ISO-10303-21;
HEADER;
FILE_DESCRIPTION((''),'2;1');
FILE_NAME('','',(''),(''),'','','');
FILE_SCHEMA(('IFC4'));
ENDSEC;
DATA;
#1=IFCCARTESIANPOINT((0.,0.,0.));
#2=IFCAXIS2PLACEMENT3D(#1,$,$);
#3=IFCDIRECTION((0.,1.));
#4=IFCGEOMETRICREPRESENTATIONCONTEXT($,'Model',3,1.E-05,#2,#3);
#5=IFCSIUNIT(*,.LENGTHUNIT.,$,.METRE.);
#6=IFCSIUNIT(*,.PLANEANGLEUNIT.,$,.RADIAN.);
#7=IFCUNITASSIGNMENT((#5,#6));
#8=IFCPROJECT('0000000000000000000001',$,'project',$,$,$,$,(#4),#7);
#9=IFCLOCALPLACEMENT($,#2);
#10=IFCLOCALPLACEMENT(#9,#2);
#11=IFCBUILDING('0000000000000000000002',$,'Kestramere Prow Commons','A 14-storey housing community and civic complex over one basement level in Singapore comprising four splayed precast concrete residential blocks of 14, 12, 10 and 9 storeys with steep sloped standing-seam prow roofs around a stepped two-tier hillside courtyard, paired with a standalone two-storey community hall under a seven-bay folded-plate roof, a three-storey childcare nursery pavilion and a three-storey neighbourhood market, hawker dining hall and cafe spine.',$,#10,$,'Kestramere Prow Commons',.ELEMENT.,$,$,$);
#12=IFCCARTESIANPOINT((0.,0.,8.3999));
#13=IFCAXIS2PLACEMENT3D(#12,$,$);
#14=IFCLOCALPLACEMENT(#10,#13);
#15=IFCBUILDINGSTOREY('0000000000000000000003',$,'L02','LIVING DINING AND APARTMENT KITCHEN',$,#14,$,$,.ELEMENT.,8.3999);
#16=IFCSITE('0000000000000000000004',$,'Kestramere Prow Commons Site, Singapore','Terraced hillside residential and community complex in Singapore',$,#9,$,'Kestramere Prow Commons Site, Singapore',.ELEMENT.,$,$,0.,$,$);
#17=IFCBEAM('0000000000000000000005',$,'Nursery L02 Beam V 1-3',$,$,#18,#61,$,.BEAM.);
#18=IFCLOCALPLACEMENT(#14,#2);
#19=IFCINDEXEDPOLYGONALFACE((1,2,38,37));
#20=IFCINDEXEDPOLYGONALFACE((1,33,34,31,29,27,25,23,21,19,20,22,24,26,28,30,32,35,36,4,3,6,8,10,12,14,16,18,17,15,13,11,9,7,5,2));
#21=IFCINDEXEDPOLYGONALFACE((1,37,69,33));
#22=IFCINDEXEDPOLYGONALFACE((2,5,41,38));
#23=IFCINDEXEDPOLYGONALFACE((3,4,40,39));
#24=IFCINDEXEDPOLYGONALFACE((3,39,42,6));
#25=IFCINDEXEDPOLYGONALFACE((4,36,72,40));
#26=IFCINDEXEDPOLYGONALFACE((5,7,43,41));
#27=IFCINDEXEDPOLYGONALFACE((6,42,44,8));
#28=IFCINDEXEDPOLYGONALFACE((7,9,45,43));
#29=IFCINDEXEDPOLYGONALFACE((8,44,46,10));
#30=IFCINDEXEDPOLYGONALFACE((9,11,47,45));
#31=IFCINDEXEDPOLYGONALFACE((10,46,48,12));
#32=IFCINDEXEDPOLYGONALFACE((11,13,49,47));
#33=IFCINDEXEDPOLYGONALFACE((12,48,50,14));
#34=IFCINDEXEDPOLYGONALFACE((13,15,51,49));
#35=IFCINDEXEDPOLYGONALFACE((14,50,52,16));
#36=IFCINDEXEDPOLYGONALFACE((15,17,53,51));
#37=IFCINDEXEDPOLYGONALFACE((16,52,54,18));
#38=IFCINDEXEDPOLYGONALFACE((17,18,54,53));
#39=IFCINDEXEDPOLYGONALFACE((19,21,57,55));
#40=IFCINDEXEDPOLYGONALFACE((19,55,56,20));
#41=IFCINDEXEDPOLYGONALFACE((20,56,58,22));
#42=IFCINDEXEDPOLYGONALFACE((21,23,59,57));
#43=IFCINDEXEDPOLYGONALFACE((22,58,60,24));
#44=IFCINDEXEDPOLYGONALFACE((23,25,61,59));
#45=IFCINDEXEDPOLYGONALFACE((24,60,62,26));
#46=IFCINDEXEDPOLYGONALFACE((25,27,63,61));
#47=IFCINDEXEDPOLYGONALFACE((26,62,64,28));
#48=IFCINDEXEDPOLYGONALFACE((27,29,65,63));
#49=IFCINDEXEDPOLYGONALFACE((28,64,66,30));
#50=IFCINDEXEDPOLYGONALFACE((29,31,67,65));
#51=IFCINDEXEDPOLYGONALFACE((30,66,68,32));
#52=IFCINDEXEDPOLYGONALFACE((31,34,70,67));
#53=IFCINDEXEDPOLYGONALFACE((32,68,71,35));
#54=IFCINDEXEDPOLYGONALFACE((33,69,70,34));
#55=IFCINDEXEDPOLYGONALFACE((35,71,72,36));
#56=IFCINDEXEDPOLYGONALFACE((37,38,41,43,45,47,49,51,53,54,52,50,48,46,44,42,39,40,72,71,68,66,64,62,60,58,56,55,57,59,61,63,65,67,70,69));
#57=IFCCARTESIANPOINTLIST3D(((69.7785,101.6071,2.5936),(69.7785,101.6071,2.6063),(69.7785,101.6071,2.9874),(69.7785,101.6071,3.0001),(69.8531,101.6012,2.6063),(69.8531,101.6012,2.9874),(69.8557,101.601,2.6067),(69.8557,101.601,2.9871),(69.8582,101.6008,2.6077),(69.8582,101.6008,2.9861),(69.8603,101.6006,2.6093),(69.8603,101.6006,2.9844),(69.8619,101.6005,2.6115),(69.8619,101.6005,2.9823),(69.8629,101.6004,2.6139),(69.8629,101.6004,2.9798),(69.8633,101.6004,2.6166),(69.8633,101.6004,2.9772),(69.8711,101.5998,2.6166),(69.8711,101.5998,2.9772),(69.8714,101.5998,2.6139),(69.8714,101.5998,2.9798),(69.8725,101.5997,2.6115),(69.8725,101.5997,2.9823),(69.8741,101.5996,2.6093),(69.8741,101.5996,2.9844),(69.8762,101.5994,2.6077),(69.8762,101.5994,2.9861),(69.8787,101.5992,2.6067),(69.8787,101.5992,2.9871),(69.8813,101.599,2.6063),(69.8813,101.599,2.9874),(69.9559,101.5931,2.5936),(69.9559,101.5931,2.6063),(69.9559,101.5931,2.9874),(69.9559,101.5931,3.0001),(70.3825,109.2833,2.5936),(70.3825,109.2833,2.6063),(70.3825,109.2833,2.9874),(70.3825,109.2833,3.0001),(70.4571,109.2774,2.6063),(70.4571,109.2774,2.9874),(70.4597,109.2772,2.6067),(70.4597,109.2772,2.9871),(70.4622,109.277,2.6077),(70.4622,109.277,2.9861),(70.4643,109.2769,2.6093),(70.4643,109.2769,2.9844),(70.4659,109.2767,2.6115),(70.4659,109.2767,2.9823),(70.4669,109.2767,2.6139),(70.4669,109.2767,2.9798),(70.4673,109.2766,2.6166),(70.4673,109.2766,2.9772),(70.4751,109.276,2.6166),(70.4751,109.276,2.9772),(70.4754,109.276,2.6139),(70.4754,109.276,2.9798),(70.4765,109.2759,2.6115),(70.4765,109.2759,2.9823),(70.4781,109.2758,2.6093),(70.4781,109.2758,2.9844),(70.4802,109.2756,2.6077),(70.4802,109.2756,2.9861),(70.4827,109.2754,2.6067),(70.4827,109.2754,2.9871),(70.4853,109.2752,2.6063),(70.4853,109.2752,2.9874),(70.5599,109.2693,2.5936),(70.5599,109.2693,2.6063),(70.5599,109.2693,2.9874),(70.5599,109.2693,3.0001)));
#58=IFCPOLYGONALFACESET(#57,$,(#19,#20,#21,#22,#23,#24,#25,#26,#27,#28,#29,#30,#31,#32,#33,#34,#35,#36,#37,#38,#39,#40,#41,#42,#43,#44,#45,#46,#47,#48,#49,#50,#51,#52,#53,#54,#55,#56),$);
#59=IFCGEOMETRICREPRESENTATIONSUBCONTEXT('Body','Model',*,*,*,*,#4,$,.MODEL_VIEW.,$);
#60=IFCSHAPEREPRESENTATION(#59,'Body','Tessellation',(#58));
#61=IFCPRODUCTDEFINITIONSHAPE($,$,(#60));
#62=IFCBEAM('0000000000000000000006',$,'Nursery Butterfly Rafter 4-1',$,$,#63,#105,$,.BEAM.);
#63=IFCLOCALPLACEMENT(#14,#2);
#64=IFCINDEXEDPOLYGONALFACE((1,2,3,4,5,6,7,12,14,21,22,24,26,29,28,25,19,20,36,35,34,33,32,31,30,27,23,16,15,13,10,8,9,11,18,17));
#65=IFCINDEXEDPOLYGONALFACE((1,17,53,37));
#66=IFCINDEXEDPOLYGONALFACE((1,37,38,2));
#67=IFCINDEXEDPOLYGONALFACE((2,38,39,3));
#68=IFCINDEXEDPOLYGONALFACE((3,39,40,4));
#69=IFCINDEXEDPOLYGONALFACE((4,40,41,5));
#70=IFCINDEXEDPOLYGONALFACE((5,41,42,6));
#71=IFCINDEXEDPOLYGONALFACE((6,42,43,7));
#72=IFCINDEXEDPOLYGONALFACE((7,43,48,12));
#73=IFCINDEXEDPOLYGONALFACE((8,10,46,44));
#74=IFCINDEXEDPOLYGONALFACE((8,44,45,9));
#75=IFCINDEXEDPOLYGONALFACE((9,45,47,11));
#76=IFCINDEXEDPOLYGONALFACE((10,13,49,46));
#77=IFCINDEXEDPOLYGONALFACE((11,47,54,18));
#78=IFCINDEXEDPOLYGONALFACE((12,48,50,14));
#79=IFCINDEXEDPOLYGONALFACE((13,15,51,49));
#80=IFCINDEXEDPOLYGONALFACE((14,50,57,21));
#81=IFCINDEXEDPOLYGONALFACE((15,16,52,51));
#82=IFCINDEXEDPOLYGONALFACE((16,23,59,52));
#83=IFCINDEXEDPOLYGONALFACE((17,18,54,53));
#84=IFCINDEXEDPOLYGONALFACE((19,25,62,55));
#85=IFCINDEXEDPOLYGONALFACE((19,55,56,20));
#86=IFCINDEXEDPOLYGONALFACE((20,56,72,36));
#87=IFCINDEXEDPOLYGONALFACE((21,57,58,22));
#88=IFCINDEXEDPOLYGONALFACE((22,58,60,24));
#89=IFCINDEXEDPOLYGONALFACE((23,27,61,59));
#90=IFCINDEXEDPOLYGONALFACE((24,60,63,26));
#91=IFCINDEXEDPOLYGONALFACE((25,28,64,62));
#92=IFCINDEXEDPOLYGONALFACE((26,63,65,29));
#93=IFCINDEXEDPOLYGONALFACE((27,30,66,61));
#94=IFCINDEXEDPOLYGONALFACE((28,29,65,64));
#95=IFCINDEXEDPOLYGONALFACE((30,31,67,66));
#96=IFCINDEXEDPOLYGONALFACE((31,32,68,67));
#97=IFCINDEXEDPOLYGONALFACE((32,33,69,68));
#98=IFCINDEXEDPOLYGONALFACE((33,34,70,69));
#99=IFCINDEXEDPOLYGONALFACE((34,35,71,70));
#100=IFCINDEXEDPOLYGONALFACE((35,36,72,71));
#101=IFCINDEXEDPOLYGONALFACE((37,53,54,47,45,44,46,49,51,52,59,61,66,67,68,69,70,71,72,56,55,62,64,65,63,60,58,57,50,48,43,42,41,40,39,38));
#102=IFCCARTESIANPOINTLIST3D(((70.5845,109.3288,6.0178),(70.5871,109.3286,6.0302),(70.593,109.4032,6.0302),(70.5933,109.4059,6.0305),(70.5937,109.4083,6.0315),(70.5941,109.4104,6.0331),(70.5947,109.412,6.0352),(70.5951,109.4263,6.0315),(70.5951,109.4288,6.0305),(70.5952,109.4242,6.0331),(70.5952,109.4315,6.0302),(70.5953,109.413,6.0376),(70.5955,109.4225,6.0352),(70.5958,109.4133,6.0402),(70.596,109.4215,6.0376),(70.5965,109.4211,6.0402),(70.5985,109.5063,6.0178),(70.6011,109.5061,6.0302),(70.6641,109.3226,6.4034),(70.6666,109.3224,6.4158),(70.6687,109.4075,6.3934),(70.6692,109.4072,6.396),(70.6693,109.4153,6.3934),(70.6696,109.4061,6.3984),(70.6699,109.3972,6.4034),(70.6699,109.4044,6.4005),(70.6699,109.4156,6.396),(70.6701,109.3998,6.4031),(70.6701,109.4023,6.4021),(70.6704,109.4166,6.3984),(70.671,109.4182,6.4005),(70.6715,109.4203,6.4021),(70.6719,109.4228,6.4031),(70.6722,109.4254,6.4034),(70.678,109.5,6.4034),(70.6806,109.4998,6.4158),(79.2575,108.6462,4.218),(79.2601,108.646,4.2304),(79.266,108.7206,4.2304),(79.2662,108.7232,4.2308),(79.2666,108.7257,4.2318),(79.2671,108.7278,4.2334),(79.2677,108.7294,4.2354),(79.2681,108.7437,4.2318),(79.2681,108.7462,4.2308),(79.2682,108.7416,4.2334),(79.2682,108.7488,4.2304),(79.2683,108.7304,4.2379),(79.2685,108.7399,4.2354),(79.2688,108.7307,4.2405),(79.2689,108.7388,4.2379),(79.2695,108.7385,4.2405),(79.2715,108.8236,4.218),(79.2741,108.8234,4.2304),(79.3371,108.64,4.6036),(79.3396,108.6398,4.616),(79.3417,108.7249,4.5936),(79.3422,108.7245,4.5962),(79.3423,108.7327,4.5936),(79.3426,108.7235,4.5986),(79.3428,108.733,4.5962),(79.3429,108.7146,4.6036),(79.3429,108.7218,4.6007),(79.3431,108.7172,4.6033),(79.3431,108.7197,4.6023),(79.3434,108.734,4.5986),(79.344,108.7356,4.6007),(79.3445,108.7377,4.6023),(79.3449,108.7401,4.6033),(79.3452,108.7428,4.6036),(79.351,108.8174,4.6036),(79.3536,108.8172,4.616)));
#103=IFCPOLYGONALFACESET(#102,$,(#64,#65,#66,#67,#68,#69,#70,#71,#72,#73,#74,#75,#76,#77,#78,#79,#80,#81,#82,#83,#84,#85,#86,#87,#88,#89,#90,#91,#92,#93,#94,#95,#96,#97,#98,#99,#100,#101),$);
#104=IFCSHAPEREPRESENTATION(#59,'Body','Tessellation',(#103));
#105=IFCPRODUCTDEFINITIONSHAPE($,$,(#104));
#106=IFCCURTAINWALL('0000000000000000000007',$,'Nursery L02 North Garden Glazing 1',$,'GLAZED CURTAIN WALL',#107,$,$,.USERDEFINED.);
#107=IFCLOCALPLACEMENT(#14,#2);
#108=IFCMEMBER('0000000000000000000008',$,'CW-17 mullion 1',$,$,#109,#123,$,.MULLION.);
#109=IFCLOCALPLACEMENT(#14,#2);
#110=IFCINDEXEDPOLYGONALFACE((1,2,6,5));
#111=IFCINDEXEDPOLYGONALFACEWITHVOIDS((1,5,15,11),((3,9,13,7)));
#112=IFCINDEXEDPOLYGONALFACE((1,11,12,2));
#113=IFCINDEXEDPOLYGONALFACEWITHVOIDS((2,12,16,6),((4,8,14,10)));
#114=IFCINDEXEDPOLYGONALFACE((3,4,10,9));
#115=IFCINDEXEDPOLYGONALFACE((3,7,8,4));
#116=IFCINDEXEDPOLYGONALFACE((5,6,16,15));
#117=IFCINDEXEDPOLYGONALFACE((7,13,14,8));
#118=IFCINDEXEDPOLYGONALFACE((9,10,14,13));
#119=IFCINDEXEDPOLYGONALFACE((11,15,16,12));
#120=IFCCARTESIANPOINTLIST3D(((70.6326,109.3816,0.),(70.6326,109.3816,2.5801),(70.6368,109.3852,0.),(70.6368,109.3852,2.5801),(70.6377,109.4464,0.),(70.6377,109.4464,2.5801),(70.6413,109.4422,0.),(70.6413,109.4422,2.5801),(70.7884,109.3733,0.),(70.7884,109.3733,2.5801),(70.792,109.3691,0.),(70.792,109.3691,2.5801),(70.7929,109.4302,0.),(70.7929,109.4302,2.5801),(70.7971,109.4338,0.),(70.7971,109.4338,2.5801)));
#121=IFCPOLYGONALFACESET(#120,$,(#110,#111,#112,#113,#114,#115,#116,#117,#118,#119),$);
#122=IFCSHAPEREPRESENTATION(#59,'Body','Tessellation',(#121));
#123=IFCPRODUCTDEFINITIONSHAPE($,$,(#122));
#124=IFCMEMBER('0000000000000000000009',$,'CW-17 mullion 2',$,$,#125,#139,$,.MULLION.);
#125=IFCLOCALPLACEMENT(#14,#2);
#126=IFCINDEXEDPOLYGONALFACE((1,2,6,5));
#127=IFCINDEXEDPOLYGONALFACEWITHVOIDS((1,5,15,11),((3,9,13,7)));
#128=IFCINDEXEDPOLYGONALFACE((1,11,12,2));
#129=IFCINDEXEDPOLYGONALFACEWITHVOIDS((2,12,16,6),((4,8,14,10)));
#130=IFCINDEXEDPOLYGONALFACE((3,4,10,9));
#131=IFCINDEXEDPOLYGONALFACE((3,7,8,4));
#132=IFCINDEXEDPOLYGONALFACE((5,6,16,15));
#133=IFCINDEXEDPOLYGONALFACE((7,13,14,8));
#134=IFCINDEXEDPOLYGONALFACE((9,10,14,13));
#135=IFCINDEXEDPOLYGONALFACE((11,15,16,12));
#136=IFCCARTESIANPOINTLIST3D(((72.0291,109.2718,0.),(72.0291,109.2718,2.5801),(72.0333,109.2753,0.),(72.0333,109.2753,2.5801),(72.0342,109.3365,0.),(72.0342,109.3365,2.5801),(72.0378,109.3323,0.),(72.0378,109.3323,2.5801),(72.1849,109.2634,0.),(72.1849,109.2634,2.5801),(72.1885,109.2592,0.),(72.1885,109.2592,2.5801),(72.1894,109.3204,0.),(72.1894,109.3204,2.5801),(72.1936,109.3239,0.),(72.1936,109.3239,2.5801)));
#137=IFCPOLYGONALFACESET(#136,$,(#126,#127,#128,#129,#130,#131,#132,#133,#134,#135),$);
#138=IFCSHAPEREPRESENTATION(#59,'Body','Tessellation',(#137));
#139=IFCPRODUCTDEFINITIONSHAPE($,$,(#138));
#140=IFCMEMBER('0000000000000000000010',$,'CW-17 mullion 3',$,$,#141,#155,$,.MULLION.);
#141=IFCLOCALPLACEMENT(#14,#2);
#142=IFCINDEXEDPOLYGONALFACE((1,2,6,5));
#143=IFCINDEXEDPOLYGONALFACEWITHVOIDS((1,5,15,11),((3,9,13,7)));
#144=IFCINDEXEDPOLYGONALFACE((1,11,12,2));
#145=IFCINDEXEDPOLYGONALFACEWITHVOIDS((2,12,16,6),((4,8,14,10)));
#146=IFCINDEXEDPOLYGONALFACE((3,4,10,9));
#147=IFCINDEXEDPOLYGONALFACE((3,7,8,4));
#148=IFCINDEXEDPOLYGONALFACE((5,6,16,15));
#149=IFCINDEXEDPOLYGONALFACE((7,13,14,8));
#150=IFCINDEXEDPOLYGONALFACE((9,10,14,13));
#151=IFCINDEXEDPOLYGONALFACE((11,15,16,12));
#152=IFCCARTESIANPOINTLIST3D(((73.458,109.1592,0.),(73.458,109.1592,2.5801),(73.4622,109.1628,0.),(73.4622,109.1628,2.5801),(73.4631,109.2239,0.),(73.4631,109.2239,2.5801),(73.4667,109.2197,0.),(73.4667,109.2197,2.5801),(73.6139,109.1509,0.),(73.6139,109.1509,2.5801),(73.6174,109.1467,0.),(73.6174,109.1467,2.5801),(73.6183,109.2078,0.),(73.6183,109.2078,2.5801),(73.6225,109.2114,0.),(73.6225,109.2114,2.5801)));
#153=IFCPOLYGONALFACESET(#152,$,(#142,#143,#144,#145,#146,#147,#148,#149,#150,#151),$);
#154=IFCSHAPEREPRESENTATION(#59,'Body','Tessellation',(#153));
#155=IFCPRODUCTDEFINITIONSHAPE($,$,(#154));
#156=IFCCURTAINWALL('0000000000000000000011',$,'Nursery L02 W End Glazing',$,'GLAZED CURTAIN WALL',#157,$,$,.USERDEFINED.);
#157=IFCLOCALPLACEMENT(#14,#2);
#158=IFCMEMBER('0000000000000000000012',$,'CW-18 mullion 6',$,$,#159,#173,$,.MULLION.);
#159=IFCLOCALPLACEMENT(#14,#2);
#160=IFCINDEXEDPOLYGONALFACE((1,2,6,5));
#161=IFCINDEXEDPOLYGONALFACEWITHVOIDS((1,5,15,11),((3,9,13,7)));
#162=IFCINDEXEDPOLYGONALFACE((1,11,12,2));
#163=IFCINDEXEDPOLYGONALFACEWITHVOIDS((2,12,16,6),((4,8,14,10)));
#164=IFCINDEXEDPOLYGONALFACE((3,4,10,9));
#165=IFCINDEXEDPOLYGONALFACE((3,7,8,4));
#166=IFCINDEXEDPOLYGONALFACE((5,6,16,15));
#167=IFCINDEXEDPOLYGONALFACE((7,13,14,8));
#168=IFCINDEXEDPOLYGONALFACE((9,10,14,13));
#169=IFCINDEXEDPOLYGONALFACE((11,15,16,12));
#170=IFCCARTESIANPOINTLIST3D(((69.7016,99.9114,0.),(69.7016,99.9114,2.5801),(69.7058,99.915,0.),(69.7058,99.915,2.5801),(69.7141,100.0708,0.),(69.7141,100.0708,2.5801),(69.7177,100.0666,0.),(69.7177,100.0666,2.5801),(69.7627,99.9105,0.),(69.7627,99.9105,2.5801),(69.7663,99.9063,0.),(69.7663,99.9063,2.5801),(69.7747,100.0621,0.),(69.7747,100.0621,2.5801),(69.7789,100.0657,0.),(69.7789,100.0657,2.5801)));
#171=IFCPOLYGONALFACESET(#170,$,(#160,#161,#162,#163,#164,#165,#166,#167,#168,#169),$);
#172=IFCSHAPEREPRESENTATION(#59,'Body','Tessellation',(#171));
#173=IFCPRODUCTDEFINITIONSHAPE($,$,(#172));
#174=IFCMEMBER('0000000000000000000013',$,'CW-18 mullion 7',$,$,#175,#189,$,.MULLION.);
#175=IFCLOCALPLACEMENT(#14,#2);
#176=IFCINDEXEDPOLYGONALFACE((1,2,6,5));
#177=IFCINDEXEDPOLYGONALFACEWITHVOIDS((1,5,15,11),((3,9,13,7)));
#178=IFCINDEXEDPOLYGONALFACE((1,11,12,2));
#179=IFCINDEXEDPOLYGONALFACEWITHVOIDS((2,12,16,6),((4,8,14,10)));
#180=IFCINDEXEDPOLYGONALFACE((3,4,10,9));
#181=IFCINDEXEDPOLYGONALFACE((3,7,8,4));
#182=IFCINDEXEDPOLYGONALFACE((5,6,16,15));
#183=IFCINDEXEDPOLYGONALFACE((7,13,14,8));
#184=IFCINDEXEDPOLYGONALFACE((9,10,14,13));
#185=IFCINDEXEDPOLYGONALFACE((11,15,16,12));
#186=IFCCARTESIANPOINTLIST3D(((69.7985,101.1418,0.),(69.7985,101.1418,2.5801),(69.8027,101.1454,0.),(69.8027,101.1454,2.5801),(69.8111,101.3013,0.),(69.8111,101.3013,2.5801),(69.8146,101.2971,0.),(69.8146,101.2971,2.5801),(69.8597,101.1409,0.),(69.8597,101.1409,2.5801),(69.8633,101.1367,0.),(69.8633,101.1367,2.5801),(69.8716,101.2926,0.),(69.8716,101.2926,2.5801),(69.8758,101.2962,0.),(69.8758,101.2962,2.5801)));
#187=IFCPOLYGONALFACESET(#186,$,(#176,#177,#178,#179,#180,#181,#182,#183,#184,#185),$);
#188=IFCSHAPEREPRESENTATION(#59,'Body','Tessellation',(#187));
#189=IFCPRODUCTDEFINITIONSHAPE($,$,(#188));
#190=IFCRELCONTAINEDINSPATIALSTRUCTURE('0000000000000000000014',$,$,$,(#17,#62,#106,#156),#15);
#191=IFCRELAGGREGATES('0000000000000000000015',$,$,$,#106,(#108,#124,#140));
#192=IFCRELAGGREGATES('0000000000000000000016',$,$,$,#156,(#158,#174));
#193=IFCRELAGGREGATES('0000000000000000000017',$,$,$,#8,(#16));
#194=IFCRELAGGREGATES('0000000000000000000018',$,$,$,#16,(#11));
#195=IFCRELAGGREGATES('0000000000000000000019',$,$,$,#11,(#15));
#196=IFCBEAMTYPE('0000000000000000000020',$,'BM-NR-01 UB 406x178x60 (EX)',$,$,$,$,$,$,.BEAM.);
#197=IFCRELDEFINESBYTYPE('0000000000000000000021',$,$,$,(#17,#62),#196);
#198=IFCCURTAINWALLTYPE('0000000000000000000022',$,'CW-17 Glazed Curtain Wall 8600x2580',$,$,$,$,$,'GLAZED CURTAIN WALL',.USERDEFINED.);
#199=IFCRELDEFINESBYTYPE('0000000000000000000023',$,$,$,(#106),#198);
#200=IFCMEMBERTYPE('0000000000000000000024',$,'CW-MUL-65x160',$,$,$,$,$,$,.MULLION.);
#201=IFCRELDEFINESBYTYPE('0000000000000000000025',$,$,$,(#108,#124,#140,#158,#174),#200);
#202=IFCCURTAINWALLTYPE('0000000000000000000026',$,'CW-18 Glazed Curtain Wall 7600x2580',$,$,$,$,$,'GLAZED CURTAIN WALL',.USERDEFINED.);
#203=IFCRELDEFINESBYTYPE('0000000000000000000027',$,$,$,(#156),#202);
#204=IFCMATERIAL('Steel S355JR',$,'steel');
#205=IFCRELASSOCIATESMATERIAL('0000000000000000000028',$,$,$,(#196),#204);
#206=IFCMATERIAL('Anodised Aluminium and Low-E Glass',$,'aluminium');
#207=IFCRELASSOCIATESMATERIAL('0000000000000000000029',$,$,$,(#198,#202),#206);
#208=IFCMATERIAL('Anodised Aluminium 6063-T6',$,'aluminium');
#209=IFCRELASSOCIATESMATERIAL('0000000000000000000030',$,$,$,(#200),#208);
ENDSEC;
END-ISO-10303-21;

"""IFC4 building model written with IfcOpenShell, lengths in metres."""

from ifc_helpers import new_model, si_unit, direction, frame, origin, origin_2d, place, context, subcontext, project, spatial, hollow_rectangle, i_section, extrude, material, material_profile, profile_set, type_object, element, aggregate, save


model = new_model("IFC4")

# Units and contexts
model_context = context("Model", 3, precision=1e-05, world=origin(), true_north=direction((0.0, 1.0)))
body_context = subcontext(model_context, "Body", "Model", "MODEL_VIEW")
ifc_project = project(units=[si_unit("LENGTHUNIT", "METRE"), si_unit("PLANEANGLEUNIT", "RADIAN")], contexts=[model_context])

# Site, building, storey
site_placement = place(None, origin())
site = spatial("IfcSite", under=ifc_project, at=site_placement, Name="Kestramere Prow Commons Site, Singapore", Description="Terraced hillside residential and community complex in Singapore", LongName="Kestramere Prow Commons Site, Singapore", CompositionType="ELEMENT", RefElevation=0.0)
building_placement = place(site_placement, origin())
building = spatial("IfcBuilding", under=site, at=building_placement, Name="Kestramere Prow Commons", Description="A 14-storey housing community and civic complex over one basement level in Singapore comprising four splayed precast concrete residential blocks of 14, 12, 10 and 9 storeys with steep sloped standing-seam prow roofs around a stepped two-tier hillside courtyard, paired with a standalone two-storey community hall under a seven-bay folded-plate roof, a three-storey childcare nursery pavilion and a three-storey neighbourhood market, hawker dining hall and cafe spine.", LongName="Kestramere Prow Commons", CompositionType="ELEMENT")
storey_placement = place(building_placement, frame((0.0, 0.0, 8.3999)))
storey = spatial("IfcBuildingStorey", under=building, at=storey_placement, Name="L02", Description="LIVING DINING AND APARTMENT KITCHEN", CompositionType="ELEMENT", Elevation=8.3999)

# Shared definitions
ifc_material_1 = material(Name="Steel S355JR", Category="steel")

# Beams
ifc_material_profile_1 = material_profile(ifc_material_1, i_section(OverallWidth=0.178, OverallDepth=0.4065, WebThickness=0.0078, FlangeThickness=0.0127, FilletRadius=0.0103, at=origin_2d()), Name="UB 406x178x60")
ifc_profile_set_1 = profile_set([ifc_material_profile_1], Name="Steel S355JR")
beam_type_1 = type_object("IfcBeamType", Name="BM-NR-01 UB 406x178x60 (EX)", PredefinedType="BEAM", material=ifc_profile_set_1)
beam_1_placement = place(storey_placement, frame((69.8672, 101.6001, 2.7969), z_axis=(0.078442, 0.996919, 0.0), x_axis=(-0.996919, 0.078442, 0.0)))
element("IfcBeam", 1, at=beam_1_placement, inside=storey, type_object=beam_type_1, Name="Nursery L02 Beam V 1-3", PredefinedType="BEAM", context=body_context, shape_type="SweptSolid", body=[
    extrude(i_section(OverallWidth=0.178, OverallDepth=0.4065, WebThickness=0.0078, FlangeThickness=0.0127, FilletRadius=0.0103, at=origin_2d()), origin(), (0.0, 0.0, 1.0), 7.7),
])
beam_2_placement = place(storey_placement, frame((70.6326, 109.4143, 6.2168), z_axis=(0.976245, -0.076836, -0.202586), x_axis=(0.078462, 0.996917, 0.0)))
element("IfcBeam", 2, at=beam_2_placement, inside=storey, type_object=beam_type_1, Name="Nursery Butterfly Rafter 4-1", PredefinedType="BEAM", context=body_context, shape_type="SweptSolid", body=[
    extrude(i_section(OverallWidth=0.178, OverallDepth=0.4065, WebThickness=0.0078, FlangeThickness=0.0127, FilletRadius=0.0103, at=origin_2d()), origin(), (0.0, 0.0, 1.0), 8.884),
])

# Curtain walls, members
ifc_material_2 = material(Name="Anodised Aluminium and Low-E Glass", Category="aluminium")
curtain_wall_type_1 = type_object("IfcCurtainWallType", Name="CW-17 Glazed Curtain Wall 8600x2580", ElementType="GLAZED CURTAIN WALL", PredefinedType="USERDEFINED", material=ifc_material_2)
curtain_wall_1_placement = place(storey_placement, origin())
curtain_wall_1 = element("IfcCurtainWall", 3, at=curtain_wall_1_placement, inside=storey, type_object=curtain_wall_type_1, Name="Nursery L02 North Garden Glazing 1", ObjectType="GLAZED CURTAIN WALL", PredefinedType="USERDEFINED")
ifc_material_3 = material(Name="Anodised Aluminium 6063-T6", Category="aluminium")
ifc_material_profile_2 = material_profile(ifc_material_3, hollow_rectangle(XDim=0.0649, YDim=0.1599, WallThickness=0.0039, at=origin_2d()), Name="ALU-MUL 65x160")
ifc_profile_set_2 = profile_set([ifc_material_profile_2], Name="Anodised Aluminium 6063-T6")
member_type_1 = type_object("IfcMemberType", Name="CW-MUL-65x160", PredefinedType="MULLION", material=ifc_profile_set_2)
member_1_placement = place(storey_placement, frame((70.7148, 109.4077, 0.0), z_axis=(0.0, 0.0, 1.0), x_axis=(0.078459, 0.996917, 0.0)))
member_1 = element("IfcMember", 4, at=member_1_placement, type_object=member_type_1, Name="CW-17 mullion 1", PredefinedType="MULLION", context=body_context, shape_type="SweptSolid", body=[
    extrude(hollow_rectangle(XDim=0.0649, YDim=0.1599, WallThickness=0.0039, at=origin_2d()), origin(), (0.0, 0.0, 1.0), 2.5801),
])
member_2_placement = place(storey_placement, frame((72.1113, 109.2979, 0.0), z_axis=(0.0, 0.0, 1.0), x_axis=(0.078459, 0.996917, 0.0)))
member_2 = element("IfcMember", 5, at=member_2_placement, type_object=member_type_1, Name="CW-17 mullion 2", PredefinedType="MULLION", context=body_context, shape_type="SweptSolid", body=[
    extrude(hollow_rectangle(XDim=0.0649, YDim=0.1599, WallThickness=0.0039, at=origin_2d()), origin(), (0.0, 0.0, 1.0), 2.5801),
])
member_3_placement = place(storey_placement, frame((73.5403, 109.1853, 0.0), z_axis=(0.0, 0.0, 1.0), x_axis=(0.078459, 0.996917, 0.0)))
member_3 = element("IfcMember", 6, at=member_3_placement, type_object=member_type_1, Name="CW-17 mullion 3", PredefinedType="MULLION", context=body_context, shape_type="SweptSolid", body=[
    extrude(hollow_rectangle(XDim=0.0649, YDim=0.1599, WallThickness=0.0039, at=origin_2d()), origin(), (0.0, 0.0, 1.0), 2.5801),
])
curtain_wall_type_2 = type_object("IfcCurtainWallType", Name="CW-18 Glazed Curtain Wall 7600x2580", ElementType="GLAZED CURTAIN WALL", PredefinedType="USERDEFINED", material=ifc_material_2)
curtain_wall_2_placement = place(storey_placement, origin())
curtain_wall_2 = element("IfcCurtainWall", 7, at=curtain_wall_2_placement, inside=storey, type_object=curtain_wall_type_2, Name="Nursery L02 W End Glazing", ObjectType="GLAZED CURTAIN WALL", PredefinedType="USERDEFINED")
member_4_placement = place(storey_placement, frame((69.7402, 99.9885, 0.0), z_axis=(0.0, 0.0, 1.0), x_axis=(-0.996917, 0.078459, 0.0)))
member_4 = element("IfcMember", 8, at=member_4_placement, type_object=member_type_1, Name="CW-18 mullion 6", PredefinedType="MULLION", context=body_context, shape_type="SweptSolid", body=[
    extrude(hollow_rectangle(XDim=0.0649, YDim=0.1599, WallThickness=0.0039, at=origin_2d()), origin(), (0.0, 0.0, 1.0), 2.5801),
])
member_5_placement = place(storey_placement, frame((69.8372, 101.219, 0.0), z_axis=(0.0, 0.0, 1.0), x_axis=(-0.996917, 0.078459, 0.0)))
member_5 = element("IfcMember", 9, at=member_5_placement, type_object=member_type_1, Name="CW-18 mullion 7", PredefinedType="MULLION", context=body_context, shape_type="SweptSolid", body=[
    extrude(hollow_rectangle(XDim=0.0649, YDim=0.1599, WallThickness=0.0039, at=origin_2d()), origin(), (0.0, 0.0, 1.0), 2.5801),
])

aggregate(curtain_wall_1, [member_1, member_2, member_3])
aggregate(curtain_wall_2, [member_4, member_5])

save(model, "model.ifc")
